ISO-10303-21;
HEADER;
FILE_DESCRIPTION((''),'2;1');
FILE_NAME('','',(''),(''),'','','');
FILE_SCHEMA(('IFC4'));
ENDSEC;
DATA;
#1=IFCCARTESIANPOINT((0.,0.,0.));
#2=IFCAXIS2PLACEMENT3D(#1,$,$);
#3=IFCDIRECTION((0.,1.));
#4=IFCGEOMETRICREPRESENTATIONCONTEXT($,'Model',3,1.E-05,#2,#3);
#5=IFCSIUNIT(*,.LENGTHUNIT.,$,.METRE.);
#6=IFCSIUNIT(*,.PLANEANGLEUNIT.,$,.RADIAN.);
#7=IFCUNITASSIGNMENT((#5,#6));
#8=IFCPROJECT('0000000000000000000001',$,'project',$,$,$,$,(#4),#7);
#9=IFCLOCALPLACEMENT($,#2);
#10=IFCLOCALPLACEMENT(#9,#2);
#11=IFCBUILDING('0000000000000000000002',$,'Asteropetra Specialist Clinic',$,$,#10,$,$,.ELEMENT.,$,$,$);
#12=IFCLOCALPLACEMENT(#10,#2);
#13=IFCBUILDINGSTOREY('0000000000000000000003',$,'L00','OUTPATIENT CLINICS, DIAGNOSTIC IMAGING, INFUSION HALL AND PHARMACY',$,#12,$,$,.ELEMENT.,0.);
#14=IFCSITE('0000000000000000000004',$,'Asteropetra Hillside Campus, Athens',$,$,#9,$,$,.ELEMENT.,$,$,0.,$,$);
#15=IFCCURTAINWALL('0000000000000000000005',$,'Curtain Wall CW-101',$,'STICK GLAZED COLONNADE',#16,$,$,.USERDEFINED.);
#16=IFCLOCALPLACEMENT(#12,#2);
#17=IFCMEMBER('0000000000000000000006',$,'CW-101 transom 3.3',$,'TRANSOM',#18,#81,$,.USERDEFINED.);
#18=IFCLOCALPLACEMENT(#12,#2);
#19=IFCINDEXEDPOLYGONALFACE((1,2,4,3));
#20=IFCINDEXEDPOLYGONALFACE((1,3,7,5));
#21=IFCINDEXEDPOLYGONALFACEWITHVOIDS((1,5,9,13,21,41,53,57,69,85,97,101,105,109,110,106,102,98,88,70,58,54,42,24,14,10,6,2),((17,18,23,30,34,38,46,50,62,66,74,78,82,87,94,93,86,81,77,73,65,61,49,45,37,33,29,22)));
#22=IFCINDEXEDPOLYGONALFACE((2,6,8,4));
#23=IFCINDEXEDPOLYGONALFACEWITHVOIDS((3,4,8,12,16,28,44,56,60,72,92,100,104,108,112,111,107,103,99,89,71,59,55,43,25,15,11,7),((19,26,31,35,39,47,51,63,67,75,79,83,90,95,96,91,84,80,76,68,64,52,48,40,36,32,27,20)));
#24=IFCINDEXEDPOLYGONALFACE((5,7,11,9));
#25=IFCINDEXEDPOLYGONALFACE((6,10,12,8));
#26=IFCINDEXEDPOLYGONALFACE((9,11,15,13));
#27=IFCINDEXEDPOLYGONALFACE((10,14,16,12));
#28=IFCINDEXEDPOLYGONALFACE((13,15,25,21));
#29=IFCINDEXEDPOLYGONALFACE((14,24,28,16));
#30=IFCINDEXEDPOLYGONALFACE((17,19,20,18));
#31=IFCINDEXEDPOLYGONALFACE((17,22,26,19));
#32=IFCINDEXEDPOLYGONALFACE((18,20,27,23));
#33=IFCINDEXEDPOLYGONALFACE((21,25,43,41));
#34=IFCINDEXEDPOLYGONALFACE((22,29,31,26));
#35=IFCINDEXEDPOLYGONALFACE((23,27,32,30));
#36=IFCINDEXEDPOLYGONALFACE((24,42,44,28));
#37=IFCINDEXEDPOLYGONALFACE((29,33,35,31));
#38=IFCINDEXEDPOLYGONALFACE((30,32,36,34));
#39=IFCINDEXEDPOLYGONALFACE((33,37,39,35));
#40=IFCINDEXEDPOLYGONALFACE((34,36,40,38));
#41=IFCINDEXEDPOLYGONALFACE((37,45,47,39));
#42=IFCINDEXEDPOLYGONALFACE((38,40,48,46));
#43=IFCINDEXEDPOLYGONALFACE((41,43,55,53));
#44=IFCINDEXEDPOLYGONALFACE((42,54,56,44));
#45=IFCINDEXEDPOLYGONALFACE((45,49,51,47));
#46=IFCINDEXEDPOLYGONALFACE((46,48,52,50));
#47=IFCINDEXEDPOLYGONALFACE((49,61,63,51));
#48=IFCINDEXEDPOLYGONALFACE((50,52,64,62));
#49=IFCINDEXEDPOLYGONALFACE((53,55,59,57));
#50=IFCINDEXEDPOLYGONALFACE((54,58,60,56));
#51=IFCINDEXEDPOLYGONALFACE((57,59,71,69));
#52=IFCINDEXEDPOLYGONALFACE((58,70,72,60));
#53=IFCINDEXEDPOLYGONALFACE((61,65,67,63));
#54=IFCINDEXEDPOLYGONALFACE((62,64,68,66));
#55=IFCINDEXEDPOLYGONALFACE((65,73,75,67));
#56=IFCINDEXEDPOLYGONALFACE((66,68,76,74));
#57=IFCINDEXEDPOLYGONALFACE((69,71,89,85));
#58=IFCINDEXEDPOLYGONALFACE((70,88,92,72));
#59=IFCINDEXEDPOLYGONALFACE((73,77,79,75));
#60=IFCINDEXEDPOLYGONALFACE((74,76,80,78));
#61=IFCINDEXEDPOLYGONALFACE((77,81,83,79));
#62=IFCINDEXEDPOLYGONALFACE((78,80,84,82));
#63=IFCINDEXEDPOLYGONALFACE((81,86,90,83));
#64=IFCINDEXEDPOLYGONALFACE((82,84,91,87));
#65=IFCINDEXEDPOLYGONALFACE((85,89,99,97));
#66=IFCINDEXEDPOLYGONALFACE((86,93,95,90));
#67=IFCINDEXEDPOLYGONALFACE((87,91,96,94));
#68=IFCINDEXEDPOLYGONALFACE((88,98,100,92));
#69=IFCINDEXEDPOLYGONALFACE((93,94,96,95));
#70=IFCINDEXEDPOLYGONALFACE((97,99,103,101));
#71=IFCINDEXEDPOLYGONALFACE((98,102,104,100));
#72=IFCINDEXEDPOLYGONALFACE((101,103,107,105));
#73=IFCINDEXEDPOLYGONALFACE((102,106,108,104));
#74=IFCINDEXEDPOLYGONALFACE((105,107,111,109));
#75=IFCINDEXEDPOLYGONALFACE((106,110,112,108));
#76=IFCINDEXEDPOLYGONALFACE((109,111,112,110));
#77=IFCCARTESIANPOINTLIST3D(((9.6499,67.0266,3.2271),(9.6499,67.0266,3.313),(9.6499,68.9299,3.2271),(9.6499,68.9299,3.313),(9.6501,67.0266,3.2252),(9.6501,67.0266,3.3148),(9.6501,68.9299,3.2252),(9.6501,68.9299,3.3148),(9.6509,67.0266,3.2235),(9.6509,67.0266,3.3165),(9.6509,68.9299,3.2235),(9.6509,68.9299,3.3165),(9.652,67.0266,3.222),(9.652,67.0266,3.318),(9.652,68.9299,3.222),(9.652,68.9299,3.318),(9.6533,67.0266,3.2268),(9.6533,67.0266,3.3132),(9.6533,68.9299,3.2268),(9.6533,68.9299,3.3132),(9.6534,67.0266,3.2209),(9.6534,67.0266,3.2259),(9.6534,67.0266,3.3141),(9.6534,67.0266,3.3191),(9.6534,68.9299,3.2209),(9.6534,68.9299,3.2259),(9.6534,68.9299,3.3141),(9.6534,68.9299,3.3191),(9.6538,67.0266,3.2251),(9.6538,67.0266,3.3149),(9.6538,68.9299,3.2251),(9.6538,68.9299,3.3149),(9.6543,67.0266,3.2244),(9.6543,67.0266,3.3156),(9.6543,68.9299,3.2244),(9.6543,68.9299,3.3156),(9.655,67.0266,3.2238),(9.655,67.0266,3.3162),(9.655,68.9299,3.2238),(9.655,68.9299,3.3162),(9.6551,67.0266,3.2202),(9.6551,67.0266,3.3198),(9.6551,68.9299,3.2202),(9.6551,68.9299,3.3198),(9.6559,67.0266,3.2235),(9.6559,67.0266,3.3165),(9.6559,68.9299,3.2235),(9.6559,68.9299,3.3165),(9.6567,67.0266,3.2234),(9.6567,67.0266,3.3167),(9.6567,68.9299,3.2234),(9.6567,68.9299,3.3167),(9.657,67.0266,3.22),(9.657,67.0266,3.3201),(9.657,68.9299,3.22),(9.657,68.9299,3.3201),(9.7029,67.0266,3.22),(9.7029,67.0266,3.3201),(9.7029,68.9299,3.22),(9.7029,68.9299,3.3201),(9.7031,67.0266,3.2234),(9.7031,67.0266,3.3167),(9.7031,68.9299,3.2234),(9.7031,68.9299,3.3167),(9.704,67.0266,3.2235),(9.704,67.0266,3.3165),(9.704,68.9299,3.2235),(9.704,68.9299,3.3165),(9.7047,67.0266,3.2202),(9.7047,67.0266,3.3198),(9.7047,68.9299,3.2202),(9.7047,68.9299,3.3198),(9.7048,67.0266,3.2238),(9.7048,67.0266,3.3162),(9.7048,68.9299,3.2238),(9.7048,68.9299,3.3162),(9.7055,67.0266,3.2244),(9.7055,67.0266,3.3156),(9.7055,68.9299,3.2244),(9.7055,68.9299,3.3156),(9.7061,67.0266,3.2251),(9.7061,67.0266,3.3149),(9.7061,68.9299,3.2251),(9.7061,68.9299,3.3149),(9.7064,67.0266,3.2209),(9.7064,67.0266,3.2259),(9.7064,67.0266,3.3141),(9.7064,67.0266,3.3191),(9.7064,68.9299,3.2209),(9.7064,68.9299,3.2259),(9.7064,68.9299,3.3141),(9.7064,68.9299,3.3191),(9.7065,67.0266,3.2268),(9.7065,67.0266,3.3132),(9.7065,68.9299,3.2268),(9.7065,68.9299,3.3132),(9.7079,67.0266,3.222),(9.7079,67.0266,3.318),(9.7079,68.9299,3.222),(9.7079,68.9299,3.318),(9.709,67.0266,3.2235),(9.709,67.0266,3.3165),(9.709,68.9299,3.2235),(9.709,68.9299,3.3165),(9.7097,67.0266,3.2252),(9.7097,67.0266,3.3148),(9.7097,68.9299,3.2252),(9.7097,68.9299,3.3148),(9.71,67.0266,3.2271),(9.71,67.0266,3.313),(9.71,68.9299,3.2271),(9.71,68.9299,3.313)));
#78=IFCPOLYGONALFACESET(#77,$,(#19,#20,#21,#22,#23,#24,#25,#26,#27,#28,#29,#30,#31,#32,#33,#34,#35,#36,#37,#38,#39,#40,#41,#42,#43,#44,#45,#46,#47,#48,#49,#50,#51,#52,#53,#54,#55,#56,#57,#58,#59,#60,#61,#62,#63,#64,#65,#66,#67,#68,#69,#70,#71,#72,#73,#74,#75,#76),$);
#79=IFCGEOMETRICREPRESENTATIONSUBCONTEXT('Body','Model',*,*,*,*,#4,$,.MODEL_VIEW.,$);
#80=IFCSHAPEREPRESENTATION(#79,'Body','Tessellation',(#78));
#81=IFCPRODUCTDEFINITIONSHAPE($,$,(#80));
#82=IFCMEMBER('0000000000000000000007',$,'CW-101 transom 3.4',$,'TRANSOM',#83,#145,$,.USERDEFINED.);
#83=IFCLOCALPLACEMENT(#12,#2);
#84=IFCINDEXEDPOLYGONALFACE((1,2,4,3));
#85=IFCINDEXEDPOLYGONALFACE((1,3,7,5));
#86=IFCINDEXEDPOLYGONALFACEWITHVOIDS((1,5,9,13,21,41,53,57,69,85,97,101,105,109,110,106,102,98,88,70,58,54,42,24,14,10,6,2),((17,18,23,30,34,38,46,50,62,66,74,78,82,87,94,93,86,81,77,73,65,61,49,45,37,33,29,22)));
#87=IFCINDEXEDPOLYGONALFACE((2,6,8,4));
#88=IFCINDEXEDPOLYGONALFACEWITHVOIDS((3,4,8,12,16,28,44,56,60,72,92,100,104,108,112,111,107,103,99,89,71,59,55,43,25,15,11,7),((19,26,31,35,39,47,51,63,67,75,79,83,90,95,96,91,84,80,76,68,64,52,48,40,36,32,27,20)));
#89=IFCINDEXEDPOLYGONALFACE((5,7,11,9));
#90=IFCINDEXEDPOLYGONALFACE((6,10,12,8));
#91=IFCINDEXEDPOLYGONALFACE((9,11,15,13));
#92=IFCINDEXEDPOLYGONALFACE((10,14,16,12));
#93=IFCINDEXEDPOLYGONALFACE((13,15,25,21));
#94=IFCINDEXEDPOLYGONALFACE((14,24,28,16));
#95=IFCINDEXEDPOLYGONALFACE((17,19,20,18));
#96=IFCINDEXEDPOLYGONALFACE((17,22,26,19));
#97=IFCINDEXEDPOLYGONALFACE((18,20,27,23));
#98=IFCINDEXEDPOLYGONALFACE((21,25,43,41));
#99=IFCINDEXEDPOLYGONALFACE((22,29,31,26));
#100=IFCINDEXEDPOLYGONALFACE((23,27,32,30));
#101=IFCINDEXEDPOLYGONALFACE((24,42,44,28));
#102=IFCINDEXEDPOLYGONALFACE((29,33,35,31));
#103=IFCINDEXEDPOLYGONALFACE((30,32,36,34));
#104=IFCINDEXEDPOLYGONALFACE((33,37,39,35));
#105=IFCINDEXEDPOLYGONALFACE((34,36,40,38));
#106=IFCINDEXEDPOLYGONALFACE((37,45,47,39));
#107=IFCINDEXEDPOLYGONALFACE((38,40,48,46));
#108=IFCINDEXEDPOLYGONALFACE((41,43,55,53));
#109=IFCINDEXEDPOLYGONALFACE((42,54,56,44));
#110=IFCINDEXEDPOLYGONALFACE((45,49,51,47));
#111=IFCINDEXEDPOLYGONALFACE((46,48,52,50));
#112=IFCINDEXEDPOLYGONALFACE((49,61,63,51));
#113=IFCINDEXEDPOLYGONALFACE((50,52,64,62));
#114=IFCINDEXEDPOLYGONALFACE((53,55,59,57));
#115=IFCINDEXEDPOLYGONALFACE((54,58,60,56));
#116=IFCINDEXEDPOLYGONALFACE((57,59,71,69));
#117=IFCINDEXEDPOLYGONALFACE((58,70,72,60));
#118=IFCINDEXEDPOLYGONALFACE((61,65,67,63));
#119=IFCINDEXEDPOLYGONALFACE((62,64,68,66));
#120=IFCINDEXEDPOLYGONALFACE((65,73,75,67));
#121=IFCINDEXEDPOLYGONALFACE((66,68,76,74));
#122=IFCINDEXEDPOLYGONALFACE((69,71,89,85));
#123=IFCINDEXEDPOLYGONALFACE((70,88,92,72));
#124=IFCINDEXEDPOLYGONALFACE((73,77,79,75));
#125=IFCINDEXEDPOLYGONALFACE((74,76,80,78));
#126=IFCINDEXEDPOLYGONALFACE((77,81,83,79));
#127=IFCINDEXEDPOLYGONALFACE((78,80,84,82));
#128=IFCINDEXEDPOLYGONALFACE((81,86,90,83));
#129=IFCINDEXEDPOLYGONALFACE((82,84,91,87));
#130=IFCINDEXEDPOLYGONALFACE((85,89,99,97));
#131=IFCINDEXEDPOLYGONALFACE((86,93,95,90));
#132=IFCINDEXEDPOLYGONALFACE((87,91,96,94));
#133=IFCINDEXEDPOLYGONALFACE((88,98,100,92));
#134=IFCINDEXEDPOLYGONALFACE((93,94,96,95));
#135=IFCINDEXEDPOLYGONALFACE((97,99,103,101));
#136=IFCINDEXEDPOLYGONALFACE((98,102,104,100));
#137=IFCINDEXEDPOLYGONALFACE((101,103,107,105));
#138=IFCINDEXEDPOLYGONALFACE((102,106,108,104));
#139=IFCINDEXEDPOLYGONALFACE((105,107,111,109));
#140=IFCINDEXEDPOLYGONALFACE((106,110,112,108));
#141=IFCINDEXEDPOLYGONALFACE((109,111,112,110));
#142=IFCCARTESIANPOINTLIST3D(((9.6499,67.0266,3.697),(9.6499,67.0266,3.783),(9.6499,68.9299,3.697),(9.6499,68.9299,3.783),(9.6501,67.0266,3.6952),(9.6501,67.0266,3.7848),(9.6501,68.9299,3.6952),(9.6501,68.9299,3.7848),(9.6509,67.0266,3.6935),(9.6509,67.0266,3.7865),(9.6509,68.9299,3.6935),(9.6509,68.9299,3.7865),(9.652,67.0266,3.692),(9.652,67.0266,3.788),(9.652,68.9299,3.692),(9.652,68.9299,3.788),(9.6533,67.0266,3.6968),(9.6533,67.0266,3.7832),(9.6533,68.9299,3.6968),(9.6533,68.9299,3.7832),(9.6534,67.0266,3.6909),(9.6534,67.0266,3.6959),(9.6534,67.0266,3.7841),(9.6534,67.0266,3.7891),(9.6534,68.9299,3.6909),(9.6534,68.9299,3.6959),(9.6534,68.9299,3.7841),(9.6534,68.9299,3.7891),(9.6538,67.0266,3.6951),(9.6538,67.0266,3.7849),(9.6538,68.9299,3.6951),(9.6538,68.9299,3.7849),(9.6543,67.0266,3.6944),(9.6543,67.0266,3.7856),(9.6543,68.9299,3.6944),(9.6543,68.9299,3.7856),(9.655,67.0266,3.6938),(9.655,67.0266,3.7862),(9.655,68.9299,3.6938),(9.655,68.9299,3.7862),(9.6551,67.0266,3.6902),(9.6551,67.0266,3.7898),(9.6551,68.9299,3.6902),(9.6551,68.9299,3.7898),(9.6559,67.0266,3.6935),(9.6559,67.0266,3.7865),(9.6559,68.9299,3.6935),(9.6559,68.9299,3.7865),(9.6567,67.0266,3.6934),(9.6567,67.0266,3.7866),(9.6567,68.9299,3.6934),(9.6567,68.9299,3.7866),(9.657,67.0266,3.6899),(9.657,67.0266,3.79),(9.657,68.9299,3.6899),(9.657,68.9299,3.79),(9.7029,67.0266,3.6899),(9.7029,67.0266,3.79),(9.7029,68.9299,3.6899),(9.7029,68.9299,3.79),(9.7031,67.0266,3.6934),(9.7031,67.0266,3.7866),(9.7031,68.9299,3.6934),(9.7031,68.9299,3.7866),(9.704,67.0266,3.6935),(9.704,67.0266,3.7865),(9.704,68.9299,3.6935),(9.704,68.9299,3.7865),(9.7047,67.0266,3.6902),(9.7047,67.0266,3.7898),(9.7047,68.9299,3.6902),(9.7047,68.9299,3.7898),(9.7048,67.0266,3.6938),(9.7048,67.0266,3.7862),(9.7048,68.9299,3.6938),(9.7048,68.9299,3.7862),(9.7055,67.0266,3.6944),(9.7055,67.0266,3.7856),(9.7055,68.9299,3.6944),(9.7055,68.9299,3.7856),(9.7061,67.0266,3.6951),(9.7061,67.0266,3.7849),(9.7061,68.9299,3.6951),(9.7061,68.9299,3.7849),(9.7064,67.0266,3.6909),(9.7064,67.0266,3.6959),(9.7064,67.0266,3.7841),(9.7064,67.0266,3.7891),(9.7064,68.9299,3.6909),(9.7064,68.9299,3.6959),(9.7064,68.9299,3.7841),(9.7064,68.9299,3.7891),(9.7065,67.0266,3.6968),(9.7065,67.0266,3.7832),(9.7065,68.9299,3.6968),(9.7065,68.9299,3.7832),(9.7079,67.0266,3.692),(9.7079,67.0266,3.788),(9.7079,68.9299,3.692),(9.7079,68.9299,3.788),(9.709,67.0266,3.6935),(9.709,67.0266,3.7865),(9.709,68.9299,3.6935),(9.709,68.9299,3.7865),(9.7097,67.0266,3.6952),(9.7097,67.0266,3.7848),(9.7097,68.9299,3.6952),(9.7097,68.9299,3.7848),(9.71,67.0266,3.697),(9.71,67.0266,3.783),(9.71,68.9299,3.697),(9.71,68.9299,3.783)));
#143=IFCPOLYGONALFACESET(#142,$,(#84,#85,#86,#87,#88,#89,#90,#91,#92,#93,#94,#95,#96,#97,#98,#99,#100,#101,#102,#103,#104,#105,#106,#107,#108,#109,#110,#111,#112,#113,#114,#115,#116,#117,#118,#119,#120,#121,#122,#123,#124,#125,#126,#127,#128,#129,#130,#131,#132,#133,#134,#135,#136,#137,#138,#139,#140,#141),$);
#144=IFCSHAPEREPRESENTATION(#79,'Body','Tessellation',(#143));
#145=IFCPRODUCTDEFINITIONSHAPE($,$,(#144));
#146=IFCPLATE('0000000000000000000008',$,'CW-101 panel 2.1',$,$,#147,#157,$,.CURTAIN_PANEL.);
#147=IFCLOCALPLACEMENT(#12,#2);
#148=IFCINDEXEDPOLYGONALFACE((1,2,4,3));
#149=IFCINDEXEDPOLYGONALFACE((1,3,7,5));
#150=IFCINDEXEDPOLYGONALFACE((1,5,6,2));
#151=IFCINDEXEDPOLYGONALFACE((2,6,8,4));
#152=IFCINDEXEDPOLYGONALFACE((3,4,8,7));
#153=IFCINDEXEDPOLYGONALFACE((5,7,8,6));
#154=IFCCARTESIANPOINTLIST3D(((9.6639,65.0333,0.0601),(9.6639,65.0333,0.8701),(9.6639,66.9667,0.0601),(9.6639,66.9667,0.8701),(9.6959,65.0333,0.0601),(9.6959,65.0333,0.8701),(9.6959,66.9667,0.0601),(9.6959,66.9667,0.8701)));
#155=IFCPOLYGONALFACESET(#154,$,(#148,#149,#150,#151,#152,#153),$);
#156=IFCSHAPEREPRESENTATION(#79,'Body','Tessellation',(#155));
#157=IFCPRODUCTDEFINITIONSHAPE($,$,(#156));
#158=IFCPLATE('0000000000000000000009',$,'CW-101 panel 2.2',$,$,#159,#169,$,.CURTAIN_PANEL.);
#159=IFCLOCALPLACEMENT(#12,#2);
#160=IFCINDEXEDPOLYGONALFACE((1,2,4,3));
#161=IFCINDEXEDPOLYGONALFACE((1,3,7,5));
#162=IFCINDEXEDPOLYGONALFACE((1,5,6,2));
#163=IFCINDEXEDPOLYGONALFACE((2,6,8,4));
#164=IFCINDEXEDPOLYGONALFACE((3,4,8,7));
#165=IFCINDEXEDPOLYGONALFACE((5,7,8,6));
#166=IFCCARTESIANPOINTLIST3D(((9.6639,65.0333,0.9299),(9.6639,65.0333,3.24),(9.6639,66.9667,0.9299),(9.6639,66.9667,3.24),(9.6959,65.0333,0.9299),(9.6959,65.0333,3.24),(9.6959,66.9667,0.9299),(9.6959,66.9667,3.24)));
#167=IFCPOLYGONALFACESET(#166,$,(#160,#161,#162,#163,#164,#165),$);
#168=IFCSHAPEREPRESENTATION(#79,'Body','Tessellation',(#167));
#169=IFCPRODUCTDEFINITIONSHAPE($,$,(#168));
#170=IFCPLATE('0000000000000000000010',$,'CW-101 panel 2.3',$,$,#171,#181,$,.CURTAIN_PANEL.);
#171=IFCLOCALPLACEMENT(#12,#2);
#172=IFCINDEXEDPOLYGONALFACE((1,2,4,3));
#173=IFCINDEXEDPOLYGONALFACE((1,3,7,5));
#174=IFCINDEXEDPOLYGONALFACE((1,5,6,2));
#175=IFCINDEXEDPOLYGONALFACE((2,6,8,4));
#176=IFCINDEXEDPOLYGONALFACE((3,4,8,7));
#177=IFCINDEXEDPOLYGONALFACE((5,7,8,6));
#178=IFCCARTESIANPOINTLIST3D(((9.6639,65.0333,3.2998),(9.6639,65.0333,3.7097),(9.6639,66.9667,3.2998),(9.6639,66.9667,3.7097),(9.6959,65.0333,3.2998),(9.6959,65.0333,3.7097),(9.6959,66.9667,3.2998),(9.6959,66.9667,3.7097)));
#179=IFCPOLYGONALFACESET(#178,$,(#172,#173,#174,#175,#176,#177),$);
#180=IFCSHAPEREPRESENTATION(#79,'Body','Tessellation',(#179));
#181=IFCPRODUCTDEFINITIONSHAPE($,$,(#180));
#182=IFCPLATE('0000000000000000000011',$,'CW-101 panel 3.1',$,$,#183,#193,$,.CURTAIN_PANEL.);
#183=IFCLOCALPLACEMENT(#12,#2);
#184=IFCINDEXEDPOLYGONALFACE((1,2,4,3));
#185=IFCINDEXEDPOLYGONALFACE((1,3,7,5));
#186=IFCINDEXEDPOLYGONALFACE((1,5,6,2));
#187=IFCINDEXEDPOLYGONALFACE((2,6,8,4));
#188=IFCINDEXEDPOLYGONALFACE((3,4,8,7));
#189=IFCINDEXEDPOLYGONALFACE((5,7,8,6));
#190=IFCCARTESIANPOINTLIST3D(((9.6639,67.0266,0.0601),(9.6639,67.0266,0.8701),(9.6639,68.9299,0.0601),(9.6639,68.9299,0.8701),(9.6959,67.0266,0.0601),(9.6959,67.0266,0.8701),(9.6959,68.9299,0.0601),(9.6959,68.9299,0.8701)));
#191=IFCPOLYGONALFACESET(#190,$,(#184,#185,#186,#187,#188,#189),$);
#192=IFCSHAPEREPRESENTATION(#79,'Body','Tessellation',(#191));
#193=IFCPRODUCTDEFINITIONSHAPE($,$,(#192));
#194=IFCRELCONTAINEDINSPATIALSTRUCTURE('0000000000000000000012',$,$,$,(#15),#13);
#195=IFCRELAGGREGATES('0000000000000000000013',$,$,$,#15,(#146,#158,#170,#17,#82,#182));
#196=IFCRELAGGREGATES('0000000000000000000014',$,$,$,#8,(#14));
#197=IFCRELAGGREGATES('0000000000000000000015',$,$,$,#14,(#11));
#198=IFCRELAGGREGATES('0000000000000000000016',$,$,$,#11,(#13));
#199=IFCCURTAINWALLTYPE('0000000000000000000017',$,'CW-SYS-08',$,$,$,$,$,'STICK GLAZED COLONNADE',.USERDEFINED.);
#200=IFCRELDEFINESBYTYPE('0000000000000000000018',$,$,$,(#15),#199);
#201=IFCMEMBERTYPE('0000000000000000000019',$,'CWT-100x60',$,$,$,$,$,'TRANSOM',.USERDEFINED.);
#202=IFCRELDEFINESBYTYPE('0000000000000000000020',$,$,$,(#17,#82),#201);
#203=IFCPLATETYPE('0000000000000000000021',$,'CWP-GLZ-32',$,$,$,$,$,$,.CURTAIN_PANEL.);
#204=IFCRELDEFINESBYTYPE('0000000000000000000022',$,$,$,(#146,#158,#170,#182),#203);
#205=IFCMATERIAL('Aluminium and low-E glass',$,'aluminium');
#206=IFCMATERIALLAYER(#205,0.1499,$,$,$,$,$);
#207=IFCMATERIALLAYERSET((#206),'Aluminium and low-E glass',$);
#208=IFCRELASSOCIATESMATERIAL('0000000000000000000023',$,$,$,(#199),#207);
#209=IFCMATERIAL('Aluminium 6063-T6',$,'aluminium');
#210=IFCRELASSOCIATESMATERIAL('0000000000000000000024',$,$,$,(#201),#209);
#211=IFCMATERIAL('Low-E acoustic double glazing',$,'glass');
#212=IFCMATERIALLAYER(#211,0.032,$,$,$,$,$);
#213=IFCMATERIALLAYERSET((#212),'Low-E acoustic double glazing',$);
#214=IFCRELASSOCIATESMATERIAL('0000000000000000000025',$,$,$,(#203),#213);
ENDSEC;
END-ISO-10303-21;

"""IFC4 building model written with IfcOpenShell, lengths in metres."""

from ifc_helpers import new_model, si_unit, direction, frame, origin, origin_2d, place, context, subcontext, project, spatial, rectangle, hollow_rectangle, extrude, material, layer, layer_set, material_profile, profile_set, type_object, element, aggregate, save


model = new_model("IFC4")

# Units and contexts
model_context = context("Model", 3, precision=1e-05, world=origin(), true_north=direction((0.0, 1.0)))
body_context = subcontext(model_context, "Body", "Model", "MODEL_VIEW")
ifc_project = project(units=[si_unit("LENGTHUNIT", "METRE"), si_unit("PLANEANGLEUNIT", "RADIAN")], contexts=[model_context])

# Site, building, storey
site_placement = place(None, origin())
site = spatial("IfcSite", under=ifc_project, at=site_placement, Name="Asteropetra Hillside Campus, Athens", CompositionType="ELEMENT", RefElevation=0.0)
building_placement = place(site_placement, origin())
building = spatial("IfcBuilding", under=site, at=building_placement, Name="Asteropetra Specialist Clinic", CompositionType="ELEMENT")
storey_placement = place(building_placement, origin())
storey = spatial("IfcBuildingStorey", under=building, at=storey_placement, Name="L00", Description="OUTPATIENT CLINICS, DIAGNOSTIC IMAGING, INFUSION HALL AND PHARMACY", CompositionType="ELEMENT", Elevation=0.0)

# Curtain wall
ifc_material_1 = material(Name="Aluminium and low-E glass", Category="aluminium")
ifc_layer_1 = layer(ifc_material_1, 0.1499)
ifc_layer_set_1 = layer_set([ifc_layer_1], Name="Aluminium and low-E glass")
curtain_wall_type_1 = type_object("IfcCurtainWallType", Name="CW-SYS-08", ElementType="STICK GLAZED COLONNADE", PredefinedType="USERDEFINED", material=ifc_layer_set_1)
curtain_wall_1_placement = place(storey_placement, origin())
curtain_wall_1 = element("IfcCurtainWall", 1, at=curtain_wall_1_placement, inside=storey, type_object=curtain_wall_type_1, Name="Curtain Wall CW-101", ObjectType="STICK GLAZED COLONNADE", PredefinedType="USERDEFINED")

# Members
ifc_material_2 = material(Name="Aluminium 6063-T6", Category="aluminium")
ifc_material_profile_1 = material_profile(ifc_material_2, hollow_rectangle(XDim=0.0601, YDim=0.1001, WallThickness=0.0034, InnerFilletRadius=0.0034, OuterFilletRadius=0.0071, at=origin_2d()), Name="TRN 100x60x3.5")
ifc_profile_set_1 = profile_set([ifc_material_profile_1], Name="Aluminium 6063-T6")
member_type_1 = type_object("IfcMemberType", Name="CWT-100x60", ElementType="TRANSOM", PredefinedType="USERDEFINED", material=ifc_profile_set_1)
member_1_placement = place(storey_placement, frame((9.6799, 67.0266, 3.27), z_axis=(0.0, 1.0, 0.0), x_axis=(-1.0, 0.0, 0.0)))
member_1 = element("IfcMember", 2, at=member_1_placement, type_object=member_type_1, Name="CW-101 transom 3.3", ObjectType="TRANSOM", PredefinedType="USERDEFINED", context=body_context, shape_type="SweptSolid", body=[
    extrude(hollow_rectangle(XDim=0.0601, YDim=0.1001, WallThickness=0.0034, InnerFilletRadius=0.0034, OuterFilletRadius=0.0071, at=origin_2d()), origin(), (0.0, 0.0, 1.0), 1.9033),
])
member_2_placement = place(storey_placement, frame((9.6799, 67.0266, 3.74), z_axis=(0.0, 1.0, 0.0), x_axis=(-1.0, 0.0, 0.0)))
member_2 = element("IfcMember", 3, at=member_2_placement, type_object=member_type_1, Name="CW-101 transom 3.4", ObjectType="TRANSOM", PredefinedType="USERDEFINED", context=body_context, shape_type="SweptSolid", body=[
    extrude(hollow_rectangle(XDim=0.0601, YDim=0.1001, WallThickness=0.0034, InnerFilletRadius=0.0034, OuterFilletRadius=0.0071, at=origin_2d()), origin(), (0.0, 0.0, 1.0), 1.9033),
])

# Plates
ifc_material_3 = material(Name="Low-E acoustic double glazing", Category="glass")
ifc_layer_2 = layer(ifc_material_3, 0.032)
ifc_layer_set_2 = layer_set([ifc_layer_2], Name="Low-E acoustic double glazing")
plate_type = type_object("IfcPlateType", Name="CWP-GLZ-32", PredefinedType="CURTAIN_PANEL", material=ifc_layer_set_2)
plate_1_placement = place(storey_placement, frame((9.6799, 66.0, 0.0601), z_axis=(0.0, 0.0, 1.0), x_axis=(0.0, 1.0, 0.0)))
plate_1 = element("IfcPlate", 4, at=plate_1_placement, type_object=plate_type, Name="CW-101 panel 2.1", PredefinedType="CURTAIN_PANEL", context=body_context, shape_type="SweptSolid", body=[
    extrude(rectangle(XDim=1.9333, YDim=0.032, at=origin_2d()), origin(), (0.0, 0.0, 1.0), 0.8101),
])
plate_2_placement = place(storey_placement, frame((9.6799, 66.0, 0.9299), z_axis=(0.0, 0.0, 1.0), x_axis=(0.0, 1.0, 0.0)))
plate_2 = element("IfcPlate", 5, at=plate_2_placement, type_object=plate_type, Name="CW-101 panel 2.2", PredefinedType="CURTAIN_PANEL", context=body_context, shape_type="SweptSolid", body=[
    extrude(rectangle(XDim=1.9333, YDim=0.032, at=origin_2d()), origin(), (0.0, 0.0, 1.0), 2.3101),
])
plate_3_placement = place(storey_placement, frame((9.6799, 66.0, 3.2998), z_axis=(0.0, 0.0, 1.0), x_axis=(0.0, 1.0, 0.0)))
plate_3 = element("IfcPlate", 6, at=plate_3_placement, type_object=plate_type, Name="CW-101 panel 2.3", PredefinedType="CURTAIN_PANEL", context=body_context, shape_type="SweptSolid", body=[
    extrude(rectangle(XDim=1.9333, YDim=0.032, at=origin_2d()), origin(), (0.0, 0.0, 1.0), 0.4099),
])
plate_4_placement = place(storey_placement, frame((9.6799, 67.9783, 0.0601), z_axis=(0.0, 0.0, 1.0), x_axis=(0.0, 1.0, 0.0)))
plate_4 = element("IfcPlate", 7, at=plate_4_placement, type_object=plate_type, Name="CW-101 panel 3.1", PredefinedType="CURTAIN_PANEL", context=body_context, shape_type="SweptSolid", body=[
    extrude(rectangle(XDim=1.9033, YDim=0.032, at=origin_2d()), origin(), (0.0, 0.0, 1.0), 0.8101),
])
aggregate(curtain_wall_1, [plate_1, plate_2, plate_3, member_1, member_2, plate_4])

save(model, "model.ifc")
